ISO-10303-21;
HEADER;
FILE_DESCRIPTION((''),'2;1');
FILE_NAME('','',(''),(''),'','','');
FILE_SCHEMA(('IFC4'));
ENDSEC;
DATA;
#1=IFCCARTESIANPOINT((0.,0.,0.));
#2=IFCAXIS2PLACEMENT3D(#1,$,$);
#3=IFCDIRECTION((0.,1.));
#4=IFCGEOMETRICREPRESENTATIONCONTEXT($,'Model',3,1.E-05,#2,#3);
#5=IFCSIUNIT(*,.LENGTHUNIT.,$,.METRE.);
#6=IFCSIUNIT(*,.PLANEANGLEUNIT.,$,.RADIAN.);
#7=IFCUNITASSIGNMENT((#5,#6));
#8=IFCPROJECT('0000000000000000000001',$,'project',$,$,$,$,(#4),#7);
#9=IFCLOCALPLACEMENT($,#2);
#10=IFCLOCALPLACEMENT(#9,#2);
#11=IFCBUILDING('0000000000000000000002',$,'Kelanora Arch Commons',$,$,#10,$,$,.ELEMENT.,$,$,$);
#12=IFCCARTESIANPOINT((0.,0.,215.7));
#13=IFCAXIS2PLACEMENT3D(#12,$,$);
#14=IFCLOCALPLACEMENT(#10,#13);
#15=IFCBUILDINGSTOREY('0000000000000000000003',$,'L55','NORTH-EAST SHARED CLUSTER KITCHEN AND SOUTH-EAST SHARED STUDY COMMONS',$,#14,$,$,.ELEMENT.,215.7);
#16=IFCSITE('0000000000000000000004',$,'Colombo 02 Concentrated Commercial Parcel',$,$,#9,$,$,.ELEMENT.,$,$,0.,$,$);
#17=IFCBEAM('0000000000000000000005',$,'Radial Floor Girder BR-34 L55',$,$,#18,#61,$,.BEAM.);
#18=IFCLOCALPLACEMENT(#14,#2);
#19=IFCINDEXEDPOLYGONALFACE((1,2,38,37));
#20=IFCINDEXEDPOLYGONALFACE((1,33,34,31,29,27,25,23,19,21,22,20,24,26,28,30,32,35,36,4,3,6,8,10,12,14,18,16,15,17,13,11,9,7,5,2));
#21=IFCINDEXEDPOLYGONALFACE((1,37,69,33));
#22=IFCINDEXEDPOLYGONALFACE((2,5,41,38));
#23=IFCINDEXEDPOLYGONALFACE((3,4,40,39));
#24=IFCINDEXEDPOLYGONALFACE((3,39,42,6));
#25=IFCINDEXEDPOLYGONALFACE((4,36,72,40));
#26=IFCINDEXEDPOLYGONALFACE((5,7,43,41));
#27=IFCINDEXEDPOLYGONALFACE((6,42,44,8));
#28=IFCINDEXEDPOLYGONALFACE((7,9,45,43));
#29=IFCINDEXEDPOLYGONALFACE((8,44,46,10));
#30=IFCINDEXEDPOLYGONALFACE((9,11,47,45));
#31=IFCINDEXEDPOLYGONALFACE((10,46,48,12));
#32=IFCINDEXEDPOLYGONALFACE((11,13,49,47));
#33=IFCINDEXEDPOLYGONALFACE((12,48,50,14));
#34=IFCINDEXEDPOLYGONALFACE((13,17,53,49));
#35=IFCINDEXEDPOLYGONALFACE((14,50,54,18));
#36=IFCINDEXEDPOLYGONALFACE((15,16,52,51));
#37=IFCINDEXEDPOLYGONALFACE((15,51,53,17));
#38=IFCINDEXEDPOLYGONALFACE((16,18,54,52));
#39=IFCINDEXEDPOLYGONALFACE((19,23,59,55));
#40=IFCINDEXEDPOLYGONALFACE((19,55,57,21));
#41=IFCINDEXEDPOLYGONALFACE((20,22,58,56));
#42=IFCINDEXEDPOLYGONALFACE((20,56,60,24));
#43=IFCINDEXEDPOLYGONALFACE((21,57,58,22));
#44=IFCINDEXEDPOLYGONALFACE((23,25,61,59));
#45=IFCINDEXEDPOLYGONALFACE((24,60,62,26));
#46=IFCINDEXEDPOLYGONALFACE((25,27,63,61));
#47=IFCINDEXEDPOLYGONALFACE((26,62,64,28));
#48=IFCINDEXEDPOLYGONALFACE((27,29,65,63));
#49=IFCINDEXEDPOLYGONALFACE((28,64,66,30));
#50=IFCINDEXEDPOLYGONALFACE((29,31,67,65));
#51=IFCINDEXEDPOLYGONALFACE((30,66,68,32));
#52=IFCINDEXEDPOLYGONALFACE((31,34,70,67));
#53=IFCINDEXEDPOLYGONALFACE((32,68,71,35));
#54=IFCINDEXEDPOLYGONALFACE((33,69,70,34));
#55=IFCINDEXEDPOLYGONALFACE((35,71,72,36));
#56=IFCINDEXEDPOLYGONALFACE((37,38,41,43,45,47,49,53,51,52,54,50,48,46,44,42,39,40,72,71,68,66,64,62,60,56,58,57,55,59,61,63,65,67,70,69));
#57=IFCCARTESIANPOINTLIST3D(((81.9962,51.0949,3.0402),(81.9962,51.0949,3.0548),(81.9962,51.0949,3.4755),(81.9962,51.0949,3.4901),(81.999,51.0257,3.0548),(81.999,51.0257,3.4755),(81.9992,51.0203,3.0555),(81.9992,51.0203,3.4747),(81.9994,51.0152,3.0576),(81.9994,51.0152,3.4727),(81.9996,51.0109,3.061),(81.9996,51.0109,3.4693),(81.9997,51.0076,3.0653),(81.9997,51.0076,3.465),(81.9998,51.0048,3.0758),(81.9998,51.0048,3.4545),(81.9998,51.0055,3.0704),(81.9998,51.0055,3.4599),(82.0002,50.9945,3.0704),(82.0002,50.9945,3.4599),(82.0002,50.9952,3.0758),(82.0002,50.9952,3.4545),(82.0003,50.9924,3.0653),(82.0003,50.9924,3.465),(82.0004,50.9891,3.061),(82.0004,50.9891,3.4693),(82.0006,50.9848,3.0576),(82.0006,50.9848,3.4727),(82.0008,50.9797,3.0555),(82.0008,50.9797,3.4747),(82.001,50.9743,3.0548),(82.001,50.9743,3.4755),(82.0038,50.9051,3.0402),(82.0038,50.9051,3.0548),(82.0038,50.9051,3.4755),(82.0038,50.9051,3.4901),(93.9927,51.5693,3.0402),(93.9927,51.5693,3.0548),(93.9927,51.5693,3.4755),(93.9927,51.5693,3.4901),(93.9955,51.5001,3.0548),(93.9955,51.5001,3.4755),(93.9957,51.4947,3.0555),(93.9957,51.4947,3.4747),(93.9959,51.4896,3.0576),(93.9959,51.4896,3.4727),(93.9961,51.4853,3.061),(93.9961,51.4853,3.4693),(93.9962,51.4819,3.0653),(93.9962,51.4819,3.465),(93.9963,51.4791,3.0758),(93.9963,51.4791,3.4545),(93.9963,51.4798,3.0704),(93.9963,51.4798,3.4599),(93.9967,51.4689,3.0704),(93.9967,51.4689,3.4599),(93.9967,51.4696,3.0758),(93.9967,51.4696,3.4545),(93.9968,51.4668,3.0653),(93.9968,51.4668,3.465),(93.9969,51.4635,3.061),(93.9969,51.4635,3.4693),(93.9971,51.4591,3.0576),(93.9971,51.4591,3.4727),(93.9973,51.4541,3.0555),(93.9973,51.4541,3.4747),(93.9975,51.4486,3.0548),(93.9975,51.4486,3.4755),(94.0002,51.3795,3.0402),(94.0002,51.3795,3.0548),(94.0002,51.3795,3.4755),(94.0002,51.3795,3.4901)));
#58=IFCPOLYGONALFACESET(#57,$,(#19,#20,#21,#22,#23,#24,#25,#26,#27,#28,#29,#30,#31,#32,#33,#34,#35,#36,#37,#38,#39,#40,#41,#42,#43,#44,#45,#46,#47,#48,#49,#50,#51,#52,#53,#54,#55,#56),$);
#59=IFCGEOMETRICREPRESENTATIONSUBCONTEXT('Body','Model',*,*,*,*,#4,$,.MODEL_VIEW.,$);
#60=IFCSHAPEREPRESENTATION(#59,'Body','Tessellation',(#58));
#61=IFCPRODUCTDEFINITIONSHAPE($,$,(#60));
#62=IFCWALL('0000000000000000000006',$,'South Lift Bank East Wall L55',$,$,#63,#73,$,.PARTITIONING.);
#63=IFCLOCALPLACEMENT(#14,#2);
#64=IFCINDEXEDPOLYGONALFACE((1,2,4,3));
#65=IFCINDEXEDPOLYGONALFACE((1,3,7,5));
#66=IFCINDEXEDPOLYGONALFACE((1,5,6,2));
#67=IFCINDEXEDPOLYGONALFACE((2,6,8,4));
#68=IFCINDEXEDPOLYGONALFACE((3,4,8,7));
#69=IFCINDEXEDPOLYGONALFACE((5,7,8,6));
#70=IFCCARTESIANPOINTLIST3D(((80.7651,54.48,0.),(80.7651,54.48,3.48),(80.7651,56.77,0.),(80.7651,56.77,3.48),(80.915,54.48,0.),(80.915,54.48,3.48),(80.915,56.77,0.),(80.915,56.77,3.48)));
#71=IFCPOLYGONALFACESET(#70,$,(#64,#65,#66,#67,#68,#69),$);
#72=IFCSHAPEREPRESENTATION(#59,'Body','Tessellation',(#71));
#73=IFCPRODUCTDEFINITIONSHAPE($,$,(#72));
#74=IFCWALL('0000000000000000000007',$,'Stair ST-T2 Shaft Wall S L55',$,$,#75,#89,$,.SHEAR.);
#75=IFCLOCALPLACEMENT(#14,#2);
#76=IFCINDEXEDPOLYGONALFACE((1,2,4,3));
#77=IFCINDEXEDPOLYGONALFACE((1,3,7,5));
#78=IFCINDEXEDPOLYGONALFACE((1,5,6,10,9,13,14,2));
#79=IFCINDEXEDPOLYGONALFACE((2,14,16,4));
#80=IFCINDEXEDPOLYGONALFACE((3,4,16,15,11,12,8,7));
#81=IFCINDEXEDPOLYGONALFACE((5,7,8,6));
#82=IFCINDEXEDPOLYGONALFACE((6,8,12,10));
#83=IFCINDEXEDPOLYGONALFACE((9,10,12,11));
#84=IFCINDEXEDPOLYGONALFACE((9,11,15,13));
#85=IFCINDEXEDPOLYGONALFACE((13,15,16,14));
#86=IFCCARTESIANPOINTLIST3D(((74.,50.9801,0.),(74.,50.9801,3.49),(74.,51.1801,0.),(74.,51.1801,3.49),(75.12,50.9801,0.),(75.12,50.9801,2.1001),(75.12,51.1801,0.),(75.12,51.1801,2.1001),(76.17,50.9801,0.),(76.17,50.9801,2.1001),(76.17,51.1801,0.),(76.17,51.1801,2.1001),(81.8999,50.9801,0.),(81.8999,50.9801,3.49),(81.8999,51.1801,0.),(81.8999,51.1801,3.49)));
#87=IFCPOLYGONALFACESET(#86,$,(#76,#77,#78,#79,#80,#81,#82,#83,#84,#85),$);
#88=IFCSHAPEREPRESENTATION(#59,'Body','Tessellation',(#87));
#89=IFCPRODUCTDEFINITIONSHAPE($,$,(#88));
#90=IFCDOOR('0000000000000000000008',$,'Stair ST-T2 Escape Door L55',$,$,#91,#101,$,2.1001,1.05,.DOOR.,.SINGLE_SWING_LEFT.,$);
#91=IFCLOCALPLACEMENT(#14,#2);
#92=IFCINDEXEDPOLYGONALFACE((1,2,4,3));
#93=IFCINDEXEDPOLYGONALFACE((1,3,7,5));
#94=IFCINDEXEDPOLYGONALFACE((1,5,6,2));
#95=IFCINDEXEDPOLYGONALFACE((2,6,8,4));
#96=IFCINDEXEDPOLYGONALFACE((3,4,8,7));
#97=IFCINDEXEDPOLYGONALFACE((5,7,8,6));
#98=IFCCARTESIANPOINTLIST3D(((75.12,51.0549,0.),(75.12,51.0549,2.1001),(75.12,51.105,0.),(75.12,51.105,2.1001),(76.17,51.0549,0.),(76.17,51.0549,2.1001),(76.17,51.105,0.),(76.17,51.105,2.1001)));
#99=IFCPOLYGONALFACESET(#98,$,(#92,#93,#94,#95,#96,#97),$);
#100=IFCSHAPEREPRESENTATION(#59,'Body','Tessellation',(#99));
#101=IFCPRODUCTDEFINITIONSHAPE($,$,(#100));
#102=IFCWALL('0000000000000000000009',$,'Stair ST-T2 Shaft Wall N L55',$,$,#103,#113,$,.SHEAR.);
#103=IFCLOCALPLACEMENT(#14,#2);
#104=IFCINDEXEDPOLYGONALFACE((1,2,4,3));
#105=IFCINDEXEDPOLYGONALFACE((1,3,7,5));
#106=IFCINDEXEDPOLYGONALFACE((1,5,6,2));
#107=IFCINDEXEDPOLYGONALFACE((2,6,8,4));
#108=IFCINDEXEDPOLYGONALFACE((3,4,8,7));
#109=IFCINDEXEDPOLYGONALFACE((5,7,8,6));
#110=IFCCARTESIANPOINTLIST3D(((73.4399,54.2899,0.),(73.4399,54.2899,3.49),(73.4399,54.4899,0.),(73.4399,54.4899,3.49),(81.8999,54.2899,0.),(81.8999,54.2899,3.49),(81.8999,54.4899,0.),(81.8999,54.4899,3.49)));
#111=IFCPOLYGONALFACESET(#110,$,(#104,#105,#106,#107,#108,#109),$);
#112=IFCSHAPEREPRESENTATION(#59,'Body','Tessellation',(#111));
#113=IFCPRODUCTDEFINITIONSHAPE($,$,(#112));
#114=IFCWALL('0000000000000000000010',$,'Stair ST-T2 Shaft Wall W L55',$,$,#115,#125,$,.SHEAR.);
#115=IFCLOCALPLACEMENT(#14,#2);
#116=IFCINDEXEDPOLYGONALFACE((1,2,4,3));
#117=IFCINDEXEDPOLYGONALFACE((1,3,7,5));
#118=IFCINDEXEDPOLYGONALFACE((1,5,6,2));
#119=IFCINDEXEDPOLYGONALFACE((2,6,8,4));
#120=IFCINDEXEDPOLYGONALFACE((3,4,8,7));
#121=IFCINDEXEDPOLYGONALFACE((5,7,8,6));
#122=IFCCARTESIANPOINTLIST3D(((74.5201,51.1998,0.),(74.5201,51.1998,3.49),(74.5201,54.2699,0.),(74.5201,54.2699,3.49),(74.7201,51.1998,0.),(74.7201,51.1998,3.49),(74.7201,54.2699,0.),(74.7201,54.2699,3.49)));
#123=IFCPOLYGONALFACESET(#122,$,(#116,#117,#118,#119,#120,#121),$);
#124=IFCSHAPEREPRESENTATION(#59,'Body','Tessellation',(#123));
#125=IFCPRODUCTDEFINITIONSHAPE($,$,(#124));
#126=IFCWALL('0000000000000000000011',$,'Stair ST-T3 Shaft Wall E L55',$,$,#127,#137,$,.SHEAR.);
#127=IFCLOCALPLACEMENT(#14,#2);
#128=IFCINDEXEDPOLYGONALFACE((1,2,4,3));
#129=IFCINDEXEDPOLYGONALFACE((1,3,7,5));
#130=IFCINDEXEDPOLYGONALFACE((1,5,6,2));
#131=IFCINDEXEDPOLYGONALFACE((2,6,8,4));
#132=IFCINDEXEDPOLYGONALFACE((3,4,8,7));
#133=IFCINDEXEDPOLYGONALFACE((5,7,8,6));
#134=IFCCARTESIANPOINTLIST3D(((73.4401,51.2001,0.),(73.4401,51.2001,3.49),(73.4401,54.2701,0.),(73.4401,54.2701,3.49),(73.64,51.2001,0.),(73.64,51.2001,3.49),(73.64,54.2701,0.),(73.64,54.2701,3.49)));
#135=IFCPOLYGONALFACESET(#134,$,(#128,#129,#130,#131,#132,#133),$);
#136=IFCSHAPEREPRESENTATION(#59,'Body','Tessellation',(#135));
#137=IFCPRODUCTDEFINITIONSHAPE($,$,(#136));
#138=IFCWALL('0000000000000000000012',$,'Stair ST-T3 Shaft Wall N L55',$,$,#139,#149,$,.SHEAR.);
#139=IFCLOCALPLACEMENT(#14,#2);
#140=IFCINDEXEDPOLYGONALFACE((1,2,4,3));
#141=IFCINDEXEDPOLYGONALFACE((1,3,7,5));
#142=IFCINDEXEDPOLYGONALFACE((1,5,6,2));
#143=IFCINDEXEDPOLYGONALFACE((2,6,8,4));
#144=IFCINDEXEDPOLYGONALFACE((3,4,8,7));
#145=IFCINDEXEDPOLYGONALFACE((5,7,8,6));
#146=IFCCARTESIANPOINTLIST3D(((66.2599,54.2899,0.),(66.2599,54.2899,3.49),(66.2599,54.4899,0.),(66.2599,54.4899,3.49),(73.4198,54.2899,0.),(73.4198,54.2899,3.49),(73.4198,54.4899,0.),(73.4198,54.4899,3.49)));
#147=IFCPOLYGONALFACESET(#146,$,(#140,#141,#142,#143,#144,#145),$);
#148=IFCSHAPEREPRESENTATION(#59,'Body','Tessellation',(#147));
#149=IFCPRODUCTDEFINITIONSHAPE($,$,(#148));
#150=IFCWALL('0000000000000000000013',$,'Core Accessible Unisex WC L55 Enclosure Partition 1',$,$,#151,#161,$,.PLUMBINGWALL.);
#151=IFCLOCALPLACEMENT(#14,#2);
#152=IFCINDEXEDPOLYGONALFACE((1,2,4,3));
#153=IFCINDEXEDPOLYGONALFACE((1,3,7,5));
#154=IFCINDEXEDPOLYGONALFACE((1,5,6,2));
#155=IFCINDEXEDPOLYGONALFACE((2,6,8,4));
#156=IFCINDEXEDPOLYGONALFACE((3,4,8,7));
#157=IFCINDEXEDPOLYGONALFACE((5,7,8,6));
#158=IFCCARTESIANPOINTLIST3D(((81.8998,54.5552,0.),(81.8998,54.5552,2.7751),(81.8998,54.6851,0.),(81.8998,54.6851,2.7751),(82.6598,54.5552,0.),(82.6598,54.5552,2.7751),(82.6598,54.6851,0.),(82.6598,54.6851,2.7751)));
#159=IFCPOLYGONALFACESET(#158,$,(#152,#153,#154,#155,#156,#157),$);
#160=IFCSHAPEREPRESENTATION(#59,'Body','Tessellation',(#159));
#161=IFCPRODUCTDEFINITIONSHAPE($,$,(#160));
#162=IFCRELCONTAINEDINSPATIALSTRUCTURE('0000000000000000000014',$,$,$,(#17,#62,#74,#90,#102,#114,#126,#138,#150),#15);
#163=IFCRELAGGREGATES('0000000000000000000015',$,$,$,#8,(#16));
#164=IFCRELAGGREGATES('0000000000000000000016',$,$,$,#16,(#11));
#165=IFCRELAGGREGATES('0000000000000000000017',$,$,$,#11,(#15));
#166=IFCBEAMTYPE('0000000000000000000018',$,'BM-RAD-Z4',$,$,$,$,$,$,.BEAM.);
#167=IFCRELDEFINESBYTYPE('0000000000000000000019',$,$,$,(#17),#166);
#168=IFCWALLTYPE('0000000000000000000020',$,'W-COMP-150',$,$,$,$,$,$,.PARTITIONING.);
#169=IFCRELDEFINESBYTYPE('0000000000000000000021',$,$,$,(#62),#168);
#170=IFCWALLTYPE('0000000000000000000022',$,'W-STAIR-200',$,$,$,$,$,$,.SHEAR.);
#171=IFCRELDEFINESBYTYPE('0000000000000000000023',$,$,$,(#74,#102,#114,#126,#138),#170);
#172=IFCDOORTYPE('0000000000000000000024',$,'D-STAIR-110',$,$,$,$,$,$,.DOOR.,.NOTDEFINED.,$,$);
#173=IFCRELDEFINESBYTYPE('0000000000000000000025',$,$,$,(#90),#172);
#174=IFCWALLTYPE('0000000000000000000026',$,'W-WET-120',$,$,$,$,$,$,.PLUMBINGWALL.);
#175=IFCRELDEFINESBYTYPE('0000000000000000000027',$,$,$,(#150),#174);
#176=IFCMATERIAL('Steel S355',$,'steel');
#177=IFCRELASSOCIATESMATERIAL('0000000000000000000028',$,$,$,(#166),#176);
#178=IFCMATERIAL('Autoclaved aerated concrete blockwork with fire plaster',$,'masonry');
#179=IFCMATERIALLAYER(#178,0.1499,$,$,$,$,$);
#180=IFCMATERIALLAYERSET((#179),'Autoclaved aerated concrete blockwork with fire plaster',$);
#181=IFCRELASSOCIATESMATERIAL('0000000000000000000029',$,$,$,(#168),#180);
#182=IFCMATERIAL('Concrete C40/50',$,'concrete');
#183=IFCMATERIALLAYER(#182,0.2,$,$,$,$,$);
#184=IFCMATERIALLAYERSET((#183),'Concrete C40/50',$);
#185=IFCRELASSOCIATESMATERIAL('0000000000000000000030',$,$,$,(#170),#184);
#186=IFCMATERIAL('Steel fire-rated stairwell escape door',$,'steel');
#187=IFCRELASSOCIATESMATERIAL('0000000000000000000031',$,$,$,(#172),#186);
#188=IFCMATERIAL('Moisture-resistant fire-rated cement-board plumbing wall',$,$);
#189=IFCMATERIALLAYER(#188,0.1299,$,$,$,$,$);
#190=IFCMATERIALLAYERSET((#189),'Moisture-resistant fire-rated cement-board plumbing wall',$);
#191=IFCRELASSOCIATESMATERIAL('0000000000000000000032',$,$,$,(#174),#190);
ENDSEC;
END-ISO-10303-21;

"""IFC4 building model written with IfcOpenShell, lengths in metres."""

from ifc_helpers import new_model, si_unit, direction, frame, frame_2d, origin, origin_2d, place, context, subcontext, project, spatial, rectangle, i_section, extrude, material, layer, layer_set, material_profile, profile_set, type_object, element, fill, save


model = new_model("IFC4")

# Units and contexts
model_context = context("Model", 3, precision=1e-05, world=origin(), true_north=direction((0.0, 1.0)))
body_context = subcontext(model_context, "Body", "Model", "MODEL_VIEW")
ifc_project = project(units=[si_unit("LENGTHUNIT", "METRE"), si_unit("PLANEANGLEUNIT", "RADIAN")], contexts=[model_context])

# Site, building, storey
site_placement = place(None, origin())
site = spatial("IfcSite", under=ifc_project, at=site_placement, Name="Colombo 02 Concentrated Commercial Parcel", CompositionType="ELEMENT", RefElevation=0.0)
building_placement = place(site_placement, origin())
building = spatial("IfcBuilding", under=site, at=building_placement, Name="Kelanora Arch Commons", CompositionType="ELEMENT")
storey_placement = place(building_placement, frame((0.0, 0.0, 215.7)))
storey = spatial("IfcBuildingStorey", under=building, at=storey_placement, Name="L55", Description="NORTH-EAST SHARED CLUSTER KITCHEN AND SOUTH-EAST SHARED STUDY COMMONS", CompositionType="ELEMENT", Elevation=215.7)

# Beam
ifc_material_1 = material(Name="Steel S355", Category="steel")
ifc_material_profile_1 = material_profile(ifc_material_1, i_section(OverallWidth=0.1899, OverallDepth=0.45, WebThickness=0.0095, FlangeThickness=0.0146, FilletRadius=0.021, at=origin_2d()), Name="IPE450")
ifc_profile_set_1 = profile_set([ifc_material_profile_1], Name="Steel S355")
beam_type_1 = type_object("IfcBeamType", Name="BM-RAD-Z4", PredefinedType="BEAM", material=ifc_profile_set_1)
beam_1_placement = place(storey_placement, frame((82.0, 51.0, 3.2651), z_axis=(0.999219, 0.039511, 0.0), x_axis=(-0.039511, 0.999219, 0.0)))
element("IfcBeam", 1, at=beam_1_placement, inside=storey, type_object=beam_type_1, Name="Radial Floor Girder BR-34 L55", PredefinedType="BEAM", context=body_context, shape_type="SweptSolid", body=[
    extrude(i_section(OverallWidth=0.1899, OverallDepth=0.45, WebThickness=0.0095, FlangeThickness=0.0146, FilletRadius=0.021, at=origin_2d()), origin(), (0.0, 0.0, 1.0), 12.0059),
])

# Wall
ifc_material_2 = material(Name="Autoclaved aerated concrete blockwork with fire plaster", Category="masonry")
ifc_layer_1 = layer(ifc_material_2, 0.1499)
ifc_layer_set_1 = layer_set([ifc_layer_1], Name="Autoclaved aerated concrete blockwork with fire plaster")
wall_type_1 = type_object("IfcWallType", Name="W-COMP-150", PredefinedType="PARTITIONING", material=ifc_layer_set_1)
wall_1_placement = place(storey_placement, frame((80.8401, 54.48, 0.0), z_axis=(0.0, 0.0, 1.0), x_axis=(0.0, 1.0, 0.0)))
element("IfcWall", 2, at=wall_1_placement, inside=storey, type_object=wall_type_1, Name="South Lift Bank East Wall L55", PredefinedType="PARTITIONING", context=body_context, shape_type="SweptSolid", body=[
    extrude(rectangle(XDim=2.29, YDim=0.1499, at=frame_2d((1.145, 0.0))), origin(), (0.0, 0.0, 1.0), 3.48),
])

# Wall, opening, door
ifc_material_3 = material(Name="Concrete C40/50", Category="concrete")
ifc_layer_2 = layer(ifc_material_3, 0.2)
ifc_layer_set_2 = layer_set([ifc_layer_2], Name="Concrete C40/50")
wall_type_2 = type_object("IfcWallType", Name="W-STAIR-200", PredefinedType="SHEAR", material=ifc_layer_set_2)
wall_2_placement = place(storey_placement, frame((74.0, 51.0801, 0.0), z_axis=(0.0, 0.0, 1.0), x_axis=(1.0, 0.0, 0.0)))
wall_2 = element("IfcWall", 3, at=wall_2_placement, inside=storey, type_object=wall_type_2, Name="Stair ST-T2 Shaft Wall S L55", PredefinedType="SHEAR", context=body_context, shape_type="SweptSolid", body=[
    extrude(rectangle(XDim=7.8999, YDim=0.2, at=frame_2d((3.95, 0.0))), origin(), (0.0, 0.0, 1.0), 3.49),
])
opening_placement = place(wall_2_placement, frame((1.1201, 0.0, 0.0)))
opening = element("IfcOpeningElement", 4, at=opening_placement, cuts=wall_2, PredefinedType="OPENING", context=body_context, shape_type="SweptSolid", body=[
    extrude(rectangle(XDim=1.05, YDim=2.1001, at=frame_2d((0.5249, 1.05))), frame((0.0, 0.1099, 0.0), z_axis=(0.0, -1.0, 0.0), x_axis=(1.0, 0.0, 0.0)), (0.0, 0.0, 1.0), 0.22),
])
ifc_material_4 = material(Name="Steel fire-rated stairwell escape door", Category="steel")
door_type = type_object("IfcDoorType", Name="D-STAIR-110", OperationType="NOTDEFINED", PredefinedType="DOOR", material=ifc_material_4)
door_placement = place(opening_placement, origin())
door = element("IfcDoor", 5, at=door_placement, inside=storey, type_object=door_type, Name="Stair ST-T2 Escape Door L55", OperationType="SINGLE_SWING_LEFT", OverallHeight=2.1001, OverallWidth=1.05, PredefinedType="DOOR", context=body_context, shape_type="SweptSolid", body=[
    extrude(rectangle(XDim=1.05, YDim=2.1001, at=frame_2d((0.5249, 1.05))), frame((0.0, 0.0249, 0.0), z_axis=(0.0, -1.0, 0.0), x_axis=(1.0, 0.0, 0.0)), (0.0, 0.0, 1.0), 0.05),
])
fill(opening, door)

# Walls
wall_3_placement = place(storey_placement, frame((81.8999, 54.3899, 0.0), z_axis=(0.0, 0.0, 1.0), x_axis=(-1.0, 0.0, 0.0)))
element("IfcWall", 6, at=wall_3_placement, inside=storey, type_object=wall_type_2, Name="Stair ST-T2 Shaft Wall N L55", PredefinedType="SHEAR", context=body_context, shape_type="SweptSolid", body=[
    extrude(rectangle(XDim=8.46, YDim=0.2, at=frame_2d((4.23, 0.0))), origin(), (0.0, 0.0, 1.0), 3.49),
])
for number, where, z_axis, x_axis, name in (
    (7, (74.6201, 54.27, 0.0), (0.0, 0.0, 1.0), (0.0, -1.0, 0.0), "Stair ST-T2 Shaft Wall W L55"),
    (8, (73.54, 51.2, 0.0), (0.0, 0.0, 1.0), (0.0, 1.0, 0.0), "Stair ST-T3 Shaft Wall E L55"),
):
    element("IfcWall", number, at=place(storey_placement, frame(where, z_axis=z_axis, x_axis=x_axis)), inside=storey, type_object=wall_type_2, Name=name, PredefinedType="SHEAR", context=body_context, shape_type="SweptSolid", body=[
        extrude(rectangle(XDim=3.0701, YDim=0.2, at=frame_2d((1.5352, 0.0))), origin(), (0.0, 0.0, 1.0), 3.49),
    ])
wall_4_placement = place(storey_placement, frame((73.4199, 54.3899, 0.0), z_axis=(0.0, 0.0, 1.0), x_axis=(-1.0, 0.0, 0.0)))
element("IfcWall", 9, at=wall_4_placement, inside=storey, type_object=wall_type_2, Name="Stair ST-T3 Shaft Wall N L55", PredefinedType="SHEAR", context=body_context, shape_type="SweptSolid", body=[
    extrude(rectangle(XDim=7.1599, YDim=0.2, at=frame_2d((3.5801, 0.0))), origin(), (0.0, 0.0, 1.0), 3.49),
])
ifc_material_5 = material(Name="Moisture-resistant fire-rated cement-board plumbing wall")
ifc_layer_3 = layer(ifc_material_5, 0.1299)
ifc_layer_set_3 = layer_set([ifc_layer_3], Name="Moisture-resistant fire-rated cement-board plumbing wall")
wall_type_3 = type_object("IfcWallType", Name="W-WET-120", PredefinedType="PLUMBINGWALL", material=ifc_layer_set_3)
wall_5_placement = place(storey_placement, frame((81.8999, 54.6201, 0.0), z_axis=(0.0, 0.0, 1.0), x_axis=(1.0, 0.0, 0.0)))
element("IfcWall", 10, at=wall_5_placement, inside=storey, type_object=wall_type_3, Name="Core Accessible Unisex WC L55 Enclosure Partition 1", PredefinedType="PLUMBINGWALL", context=body_context, shape_type="SweptSolid", body=[
    extrude(rectangle(XDim=0.76, YDim=0.1299, at=frame_2d((0.3799, 0.0))), origin(), (0.0, 0.0, 1.0), 2.7751),
])

save(model, "model.ifc")
